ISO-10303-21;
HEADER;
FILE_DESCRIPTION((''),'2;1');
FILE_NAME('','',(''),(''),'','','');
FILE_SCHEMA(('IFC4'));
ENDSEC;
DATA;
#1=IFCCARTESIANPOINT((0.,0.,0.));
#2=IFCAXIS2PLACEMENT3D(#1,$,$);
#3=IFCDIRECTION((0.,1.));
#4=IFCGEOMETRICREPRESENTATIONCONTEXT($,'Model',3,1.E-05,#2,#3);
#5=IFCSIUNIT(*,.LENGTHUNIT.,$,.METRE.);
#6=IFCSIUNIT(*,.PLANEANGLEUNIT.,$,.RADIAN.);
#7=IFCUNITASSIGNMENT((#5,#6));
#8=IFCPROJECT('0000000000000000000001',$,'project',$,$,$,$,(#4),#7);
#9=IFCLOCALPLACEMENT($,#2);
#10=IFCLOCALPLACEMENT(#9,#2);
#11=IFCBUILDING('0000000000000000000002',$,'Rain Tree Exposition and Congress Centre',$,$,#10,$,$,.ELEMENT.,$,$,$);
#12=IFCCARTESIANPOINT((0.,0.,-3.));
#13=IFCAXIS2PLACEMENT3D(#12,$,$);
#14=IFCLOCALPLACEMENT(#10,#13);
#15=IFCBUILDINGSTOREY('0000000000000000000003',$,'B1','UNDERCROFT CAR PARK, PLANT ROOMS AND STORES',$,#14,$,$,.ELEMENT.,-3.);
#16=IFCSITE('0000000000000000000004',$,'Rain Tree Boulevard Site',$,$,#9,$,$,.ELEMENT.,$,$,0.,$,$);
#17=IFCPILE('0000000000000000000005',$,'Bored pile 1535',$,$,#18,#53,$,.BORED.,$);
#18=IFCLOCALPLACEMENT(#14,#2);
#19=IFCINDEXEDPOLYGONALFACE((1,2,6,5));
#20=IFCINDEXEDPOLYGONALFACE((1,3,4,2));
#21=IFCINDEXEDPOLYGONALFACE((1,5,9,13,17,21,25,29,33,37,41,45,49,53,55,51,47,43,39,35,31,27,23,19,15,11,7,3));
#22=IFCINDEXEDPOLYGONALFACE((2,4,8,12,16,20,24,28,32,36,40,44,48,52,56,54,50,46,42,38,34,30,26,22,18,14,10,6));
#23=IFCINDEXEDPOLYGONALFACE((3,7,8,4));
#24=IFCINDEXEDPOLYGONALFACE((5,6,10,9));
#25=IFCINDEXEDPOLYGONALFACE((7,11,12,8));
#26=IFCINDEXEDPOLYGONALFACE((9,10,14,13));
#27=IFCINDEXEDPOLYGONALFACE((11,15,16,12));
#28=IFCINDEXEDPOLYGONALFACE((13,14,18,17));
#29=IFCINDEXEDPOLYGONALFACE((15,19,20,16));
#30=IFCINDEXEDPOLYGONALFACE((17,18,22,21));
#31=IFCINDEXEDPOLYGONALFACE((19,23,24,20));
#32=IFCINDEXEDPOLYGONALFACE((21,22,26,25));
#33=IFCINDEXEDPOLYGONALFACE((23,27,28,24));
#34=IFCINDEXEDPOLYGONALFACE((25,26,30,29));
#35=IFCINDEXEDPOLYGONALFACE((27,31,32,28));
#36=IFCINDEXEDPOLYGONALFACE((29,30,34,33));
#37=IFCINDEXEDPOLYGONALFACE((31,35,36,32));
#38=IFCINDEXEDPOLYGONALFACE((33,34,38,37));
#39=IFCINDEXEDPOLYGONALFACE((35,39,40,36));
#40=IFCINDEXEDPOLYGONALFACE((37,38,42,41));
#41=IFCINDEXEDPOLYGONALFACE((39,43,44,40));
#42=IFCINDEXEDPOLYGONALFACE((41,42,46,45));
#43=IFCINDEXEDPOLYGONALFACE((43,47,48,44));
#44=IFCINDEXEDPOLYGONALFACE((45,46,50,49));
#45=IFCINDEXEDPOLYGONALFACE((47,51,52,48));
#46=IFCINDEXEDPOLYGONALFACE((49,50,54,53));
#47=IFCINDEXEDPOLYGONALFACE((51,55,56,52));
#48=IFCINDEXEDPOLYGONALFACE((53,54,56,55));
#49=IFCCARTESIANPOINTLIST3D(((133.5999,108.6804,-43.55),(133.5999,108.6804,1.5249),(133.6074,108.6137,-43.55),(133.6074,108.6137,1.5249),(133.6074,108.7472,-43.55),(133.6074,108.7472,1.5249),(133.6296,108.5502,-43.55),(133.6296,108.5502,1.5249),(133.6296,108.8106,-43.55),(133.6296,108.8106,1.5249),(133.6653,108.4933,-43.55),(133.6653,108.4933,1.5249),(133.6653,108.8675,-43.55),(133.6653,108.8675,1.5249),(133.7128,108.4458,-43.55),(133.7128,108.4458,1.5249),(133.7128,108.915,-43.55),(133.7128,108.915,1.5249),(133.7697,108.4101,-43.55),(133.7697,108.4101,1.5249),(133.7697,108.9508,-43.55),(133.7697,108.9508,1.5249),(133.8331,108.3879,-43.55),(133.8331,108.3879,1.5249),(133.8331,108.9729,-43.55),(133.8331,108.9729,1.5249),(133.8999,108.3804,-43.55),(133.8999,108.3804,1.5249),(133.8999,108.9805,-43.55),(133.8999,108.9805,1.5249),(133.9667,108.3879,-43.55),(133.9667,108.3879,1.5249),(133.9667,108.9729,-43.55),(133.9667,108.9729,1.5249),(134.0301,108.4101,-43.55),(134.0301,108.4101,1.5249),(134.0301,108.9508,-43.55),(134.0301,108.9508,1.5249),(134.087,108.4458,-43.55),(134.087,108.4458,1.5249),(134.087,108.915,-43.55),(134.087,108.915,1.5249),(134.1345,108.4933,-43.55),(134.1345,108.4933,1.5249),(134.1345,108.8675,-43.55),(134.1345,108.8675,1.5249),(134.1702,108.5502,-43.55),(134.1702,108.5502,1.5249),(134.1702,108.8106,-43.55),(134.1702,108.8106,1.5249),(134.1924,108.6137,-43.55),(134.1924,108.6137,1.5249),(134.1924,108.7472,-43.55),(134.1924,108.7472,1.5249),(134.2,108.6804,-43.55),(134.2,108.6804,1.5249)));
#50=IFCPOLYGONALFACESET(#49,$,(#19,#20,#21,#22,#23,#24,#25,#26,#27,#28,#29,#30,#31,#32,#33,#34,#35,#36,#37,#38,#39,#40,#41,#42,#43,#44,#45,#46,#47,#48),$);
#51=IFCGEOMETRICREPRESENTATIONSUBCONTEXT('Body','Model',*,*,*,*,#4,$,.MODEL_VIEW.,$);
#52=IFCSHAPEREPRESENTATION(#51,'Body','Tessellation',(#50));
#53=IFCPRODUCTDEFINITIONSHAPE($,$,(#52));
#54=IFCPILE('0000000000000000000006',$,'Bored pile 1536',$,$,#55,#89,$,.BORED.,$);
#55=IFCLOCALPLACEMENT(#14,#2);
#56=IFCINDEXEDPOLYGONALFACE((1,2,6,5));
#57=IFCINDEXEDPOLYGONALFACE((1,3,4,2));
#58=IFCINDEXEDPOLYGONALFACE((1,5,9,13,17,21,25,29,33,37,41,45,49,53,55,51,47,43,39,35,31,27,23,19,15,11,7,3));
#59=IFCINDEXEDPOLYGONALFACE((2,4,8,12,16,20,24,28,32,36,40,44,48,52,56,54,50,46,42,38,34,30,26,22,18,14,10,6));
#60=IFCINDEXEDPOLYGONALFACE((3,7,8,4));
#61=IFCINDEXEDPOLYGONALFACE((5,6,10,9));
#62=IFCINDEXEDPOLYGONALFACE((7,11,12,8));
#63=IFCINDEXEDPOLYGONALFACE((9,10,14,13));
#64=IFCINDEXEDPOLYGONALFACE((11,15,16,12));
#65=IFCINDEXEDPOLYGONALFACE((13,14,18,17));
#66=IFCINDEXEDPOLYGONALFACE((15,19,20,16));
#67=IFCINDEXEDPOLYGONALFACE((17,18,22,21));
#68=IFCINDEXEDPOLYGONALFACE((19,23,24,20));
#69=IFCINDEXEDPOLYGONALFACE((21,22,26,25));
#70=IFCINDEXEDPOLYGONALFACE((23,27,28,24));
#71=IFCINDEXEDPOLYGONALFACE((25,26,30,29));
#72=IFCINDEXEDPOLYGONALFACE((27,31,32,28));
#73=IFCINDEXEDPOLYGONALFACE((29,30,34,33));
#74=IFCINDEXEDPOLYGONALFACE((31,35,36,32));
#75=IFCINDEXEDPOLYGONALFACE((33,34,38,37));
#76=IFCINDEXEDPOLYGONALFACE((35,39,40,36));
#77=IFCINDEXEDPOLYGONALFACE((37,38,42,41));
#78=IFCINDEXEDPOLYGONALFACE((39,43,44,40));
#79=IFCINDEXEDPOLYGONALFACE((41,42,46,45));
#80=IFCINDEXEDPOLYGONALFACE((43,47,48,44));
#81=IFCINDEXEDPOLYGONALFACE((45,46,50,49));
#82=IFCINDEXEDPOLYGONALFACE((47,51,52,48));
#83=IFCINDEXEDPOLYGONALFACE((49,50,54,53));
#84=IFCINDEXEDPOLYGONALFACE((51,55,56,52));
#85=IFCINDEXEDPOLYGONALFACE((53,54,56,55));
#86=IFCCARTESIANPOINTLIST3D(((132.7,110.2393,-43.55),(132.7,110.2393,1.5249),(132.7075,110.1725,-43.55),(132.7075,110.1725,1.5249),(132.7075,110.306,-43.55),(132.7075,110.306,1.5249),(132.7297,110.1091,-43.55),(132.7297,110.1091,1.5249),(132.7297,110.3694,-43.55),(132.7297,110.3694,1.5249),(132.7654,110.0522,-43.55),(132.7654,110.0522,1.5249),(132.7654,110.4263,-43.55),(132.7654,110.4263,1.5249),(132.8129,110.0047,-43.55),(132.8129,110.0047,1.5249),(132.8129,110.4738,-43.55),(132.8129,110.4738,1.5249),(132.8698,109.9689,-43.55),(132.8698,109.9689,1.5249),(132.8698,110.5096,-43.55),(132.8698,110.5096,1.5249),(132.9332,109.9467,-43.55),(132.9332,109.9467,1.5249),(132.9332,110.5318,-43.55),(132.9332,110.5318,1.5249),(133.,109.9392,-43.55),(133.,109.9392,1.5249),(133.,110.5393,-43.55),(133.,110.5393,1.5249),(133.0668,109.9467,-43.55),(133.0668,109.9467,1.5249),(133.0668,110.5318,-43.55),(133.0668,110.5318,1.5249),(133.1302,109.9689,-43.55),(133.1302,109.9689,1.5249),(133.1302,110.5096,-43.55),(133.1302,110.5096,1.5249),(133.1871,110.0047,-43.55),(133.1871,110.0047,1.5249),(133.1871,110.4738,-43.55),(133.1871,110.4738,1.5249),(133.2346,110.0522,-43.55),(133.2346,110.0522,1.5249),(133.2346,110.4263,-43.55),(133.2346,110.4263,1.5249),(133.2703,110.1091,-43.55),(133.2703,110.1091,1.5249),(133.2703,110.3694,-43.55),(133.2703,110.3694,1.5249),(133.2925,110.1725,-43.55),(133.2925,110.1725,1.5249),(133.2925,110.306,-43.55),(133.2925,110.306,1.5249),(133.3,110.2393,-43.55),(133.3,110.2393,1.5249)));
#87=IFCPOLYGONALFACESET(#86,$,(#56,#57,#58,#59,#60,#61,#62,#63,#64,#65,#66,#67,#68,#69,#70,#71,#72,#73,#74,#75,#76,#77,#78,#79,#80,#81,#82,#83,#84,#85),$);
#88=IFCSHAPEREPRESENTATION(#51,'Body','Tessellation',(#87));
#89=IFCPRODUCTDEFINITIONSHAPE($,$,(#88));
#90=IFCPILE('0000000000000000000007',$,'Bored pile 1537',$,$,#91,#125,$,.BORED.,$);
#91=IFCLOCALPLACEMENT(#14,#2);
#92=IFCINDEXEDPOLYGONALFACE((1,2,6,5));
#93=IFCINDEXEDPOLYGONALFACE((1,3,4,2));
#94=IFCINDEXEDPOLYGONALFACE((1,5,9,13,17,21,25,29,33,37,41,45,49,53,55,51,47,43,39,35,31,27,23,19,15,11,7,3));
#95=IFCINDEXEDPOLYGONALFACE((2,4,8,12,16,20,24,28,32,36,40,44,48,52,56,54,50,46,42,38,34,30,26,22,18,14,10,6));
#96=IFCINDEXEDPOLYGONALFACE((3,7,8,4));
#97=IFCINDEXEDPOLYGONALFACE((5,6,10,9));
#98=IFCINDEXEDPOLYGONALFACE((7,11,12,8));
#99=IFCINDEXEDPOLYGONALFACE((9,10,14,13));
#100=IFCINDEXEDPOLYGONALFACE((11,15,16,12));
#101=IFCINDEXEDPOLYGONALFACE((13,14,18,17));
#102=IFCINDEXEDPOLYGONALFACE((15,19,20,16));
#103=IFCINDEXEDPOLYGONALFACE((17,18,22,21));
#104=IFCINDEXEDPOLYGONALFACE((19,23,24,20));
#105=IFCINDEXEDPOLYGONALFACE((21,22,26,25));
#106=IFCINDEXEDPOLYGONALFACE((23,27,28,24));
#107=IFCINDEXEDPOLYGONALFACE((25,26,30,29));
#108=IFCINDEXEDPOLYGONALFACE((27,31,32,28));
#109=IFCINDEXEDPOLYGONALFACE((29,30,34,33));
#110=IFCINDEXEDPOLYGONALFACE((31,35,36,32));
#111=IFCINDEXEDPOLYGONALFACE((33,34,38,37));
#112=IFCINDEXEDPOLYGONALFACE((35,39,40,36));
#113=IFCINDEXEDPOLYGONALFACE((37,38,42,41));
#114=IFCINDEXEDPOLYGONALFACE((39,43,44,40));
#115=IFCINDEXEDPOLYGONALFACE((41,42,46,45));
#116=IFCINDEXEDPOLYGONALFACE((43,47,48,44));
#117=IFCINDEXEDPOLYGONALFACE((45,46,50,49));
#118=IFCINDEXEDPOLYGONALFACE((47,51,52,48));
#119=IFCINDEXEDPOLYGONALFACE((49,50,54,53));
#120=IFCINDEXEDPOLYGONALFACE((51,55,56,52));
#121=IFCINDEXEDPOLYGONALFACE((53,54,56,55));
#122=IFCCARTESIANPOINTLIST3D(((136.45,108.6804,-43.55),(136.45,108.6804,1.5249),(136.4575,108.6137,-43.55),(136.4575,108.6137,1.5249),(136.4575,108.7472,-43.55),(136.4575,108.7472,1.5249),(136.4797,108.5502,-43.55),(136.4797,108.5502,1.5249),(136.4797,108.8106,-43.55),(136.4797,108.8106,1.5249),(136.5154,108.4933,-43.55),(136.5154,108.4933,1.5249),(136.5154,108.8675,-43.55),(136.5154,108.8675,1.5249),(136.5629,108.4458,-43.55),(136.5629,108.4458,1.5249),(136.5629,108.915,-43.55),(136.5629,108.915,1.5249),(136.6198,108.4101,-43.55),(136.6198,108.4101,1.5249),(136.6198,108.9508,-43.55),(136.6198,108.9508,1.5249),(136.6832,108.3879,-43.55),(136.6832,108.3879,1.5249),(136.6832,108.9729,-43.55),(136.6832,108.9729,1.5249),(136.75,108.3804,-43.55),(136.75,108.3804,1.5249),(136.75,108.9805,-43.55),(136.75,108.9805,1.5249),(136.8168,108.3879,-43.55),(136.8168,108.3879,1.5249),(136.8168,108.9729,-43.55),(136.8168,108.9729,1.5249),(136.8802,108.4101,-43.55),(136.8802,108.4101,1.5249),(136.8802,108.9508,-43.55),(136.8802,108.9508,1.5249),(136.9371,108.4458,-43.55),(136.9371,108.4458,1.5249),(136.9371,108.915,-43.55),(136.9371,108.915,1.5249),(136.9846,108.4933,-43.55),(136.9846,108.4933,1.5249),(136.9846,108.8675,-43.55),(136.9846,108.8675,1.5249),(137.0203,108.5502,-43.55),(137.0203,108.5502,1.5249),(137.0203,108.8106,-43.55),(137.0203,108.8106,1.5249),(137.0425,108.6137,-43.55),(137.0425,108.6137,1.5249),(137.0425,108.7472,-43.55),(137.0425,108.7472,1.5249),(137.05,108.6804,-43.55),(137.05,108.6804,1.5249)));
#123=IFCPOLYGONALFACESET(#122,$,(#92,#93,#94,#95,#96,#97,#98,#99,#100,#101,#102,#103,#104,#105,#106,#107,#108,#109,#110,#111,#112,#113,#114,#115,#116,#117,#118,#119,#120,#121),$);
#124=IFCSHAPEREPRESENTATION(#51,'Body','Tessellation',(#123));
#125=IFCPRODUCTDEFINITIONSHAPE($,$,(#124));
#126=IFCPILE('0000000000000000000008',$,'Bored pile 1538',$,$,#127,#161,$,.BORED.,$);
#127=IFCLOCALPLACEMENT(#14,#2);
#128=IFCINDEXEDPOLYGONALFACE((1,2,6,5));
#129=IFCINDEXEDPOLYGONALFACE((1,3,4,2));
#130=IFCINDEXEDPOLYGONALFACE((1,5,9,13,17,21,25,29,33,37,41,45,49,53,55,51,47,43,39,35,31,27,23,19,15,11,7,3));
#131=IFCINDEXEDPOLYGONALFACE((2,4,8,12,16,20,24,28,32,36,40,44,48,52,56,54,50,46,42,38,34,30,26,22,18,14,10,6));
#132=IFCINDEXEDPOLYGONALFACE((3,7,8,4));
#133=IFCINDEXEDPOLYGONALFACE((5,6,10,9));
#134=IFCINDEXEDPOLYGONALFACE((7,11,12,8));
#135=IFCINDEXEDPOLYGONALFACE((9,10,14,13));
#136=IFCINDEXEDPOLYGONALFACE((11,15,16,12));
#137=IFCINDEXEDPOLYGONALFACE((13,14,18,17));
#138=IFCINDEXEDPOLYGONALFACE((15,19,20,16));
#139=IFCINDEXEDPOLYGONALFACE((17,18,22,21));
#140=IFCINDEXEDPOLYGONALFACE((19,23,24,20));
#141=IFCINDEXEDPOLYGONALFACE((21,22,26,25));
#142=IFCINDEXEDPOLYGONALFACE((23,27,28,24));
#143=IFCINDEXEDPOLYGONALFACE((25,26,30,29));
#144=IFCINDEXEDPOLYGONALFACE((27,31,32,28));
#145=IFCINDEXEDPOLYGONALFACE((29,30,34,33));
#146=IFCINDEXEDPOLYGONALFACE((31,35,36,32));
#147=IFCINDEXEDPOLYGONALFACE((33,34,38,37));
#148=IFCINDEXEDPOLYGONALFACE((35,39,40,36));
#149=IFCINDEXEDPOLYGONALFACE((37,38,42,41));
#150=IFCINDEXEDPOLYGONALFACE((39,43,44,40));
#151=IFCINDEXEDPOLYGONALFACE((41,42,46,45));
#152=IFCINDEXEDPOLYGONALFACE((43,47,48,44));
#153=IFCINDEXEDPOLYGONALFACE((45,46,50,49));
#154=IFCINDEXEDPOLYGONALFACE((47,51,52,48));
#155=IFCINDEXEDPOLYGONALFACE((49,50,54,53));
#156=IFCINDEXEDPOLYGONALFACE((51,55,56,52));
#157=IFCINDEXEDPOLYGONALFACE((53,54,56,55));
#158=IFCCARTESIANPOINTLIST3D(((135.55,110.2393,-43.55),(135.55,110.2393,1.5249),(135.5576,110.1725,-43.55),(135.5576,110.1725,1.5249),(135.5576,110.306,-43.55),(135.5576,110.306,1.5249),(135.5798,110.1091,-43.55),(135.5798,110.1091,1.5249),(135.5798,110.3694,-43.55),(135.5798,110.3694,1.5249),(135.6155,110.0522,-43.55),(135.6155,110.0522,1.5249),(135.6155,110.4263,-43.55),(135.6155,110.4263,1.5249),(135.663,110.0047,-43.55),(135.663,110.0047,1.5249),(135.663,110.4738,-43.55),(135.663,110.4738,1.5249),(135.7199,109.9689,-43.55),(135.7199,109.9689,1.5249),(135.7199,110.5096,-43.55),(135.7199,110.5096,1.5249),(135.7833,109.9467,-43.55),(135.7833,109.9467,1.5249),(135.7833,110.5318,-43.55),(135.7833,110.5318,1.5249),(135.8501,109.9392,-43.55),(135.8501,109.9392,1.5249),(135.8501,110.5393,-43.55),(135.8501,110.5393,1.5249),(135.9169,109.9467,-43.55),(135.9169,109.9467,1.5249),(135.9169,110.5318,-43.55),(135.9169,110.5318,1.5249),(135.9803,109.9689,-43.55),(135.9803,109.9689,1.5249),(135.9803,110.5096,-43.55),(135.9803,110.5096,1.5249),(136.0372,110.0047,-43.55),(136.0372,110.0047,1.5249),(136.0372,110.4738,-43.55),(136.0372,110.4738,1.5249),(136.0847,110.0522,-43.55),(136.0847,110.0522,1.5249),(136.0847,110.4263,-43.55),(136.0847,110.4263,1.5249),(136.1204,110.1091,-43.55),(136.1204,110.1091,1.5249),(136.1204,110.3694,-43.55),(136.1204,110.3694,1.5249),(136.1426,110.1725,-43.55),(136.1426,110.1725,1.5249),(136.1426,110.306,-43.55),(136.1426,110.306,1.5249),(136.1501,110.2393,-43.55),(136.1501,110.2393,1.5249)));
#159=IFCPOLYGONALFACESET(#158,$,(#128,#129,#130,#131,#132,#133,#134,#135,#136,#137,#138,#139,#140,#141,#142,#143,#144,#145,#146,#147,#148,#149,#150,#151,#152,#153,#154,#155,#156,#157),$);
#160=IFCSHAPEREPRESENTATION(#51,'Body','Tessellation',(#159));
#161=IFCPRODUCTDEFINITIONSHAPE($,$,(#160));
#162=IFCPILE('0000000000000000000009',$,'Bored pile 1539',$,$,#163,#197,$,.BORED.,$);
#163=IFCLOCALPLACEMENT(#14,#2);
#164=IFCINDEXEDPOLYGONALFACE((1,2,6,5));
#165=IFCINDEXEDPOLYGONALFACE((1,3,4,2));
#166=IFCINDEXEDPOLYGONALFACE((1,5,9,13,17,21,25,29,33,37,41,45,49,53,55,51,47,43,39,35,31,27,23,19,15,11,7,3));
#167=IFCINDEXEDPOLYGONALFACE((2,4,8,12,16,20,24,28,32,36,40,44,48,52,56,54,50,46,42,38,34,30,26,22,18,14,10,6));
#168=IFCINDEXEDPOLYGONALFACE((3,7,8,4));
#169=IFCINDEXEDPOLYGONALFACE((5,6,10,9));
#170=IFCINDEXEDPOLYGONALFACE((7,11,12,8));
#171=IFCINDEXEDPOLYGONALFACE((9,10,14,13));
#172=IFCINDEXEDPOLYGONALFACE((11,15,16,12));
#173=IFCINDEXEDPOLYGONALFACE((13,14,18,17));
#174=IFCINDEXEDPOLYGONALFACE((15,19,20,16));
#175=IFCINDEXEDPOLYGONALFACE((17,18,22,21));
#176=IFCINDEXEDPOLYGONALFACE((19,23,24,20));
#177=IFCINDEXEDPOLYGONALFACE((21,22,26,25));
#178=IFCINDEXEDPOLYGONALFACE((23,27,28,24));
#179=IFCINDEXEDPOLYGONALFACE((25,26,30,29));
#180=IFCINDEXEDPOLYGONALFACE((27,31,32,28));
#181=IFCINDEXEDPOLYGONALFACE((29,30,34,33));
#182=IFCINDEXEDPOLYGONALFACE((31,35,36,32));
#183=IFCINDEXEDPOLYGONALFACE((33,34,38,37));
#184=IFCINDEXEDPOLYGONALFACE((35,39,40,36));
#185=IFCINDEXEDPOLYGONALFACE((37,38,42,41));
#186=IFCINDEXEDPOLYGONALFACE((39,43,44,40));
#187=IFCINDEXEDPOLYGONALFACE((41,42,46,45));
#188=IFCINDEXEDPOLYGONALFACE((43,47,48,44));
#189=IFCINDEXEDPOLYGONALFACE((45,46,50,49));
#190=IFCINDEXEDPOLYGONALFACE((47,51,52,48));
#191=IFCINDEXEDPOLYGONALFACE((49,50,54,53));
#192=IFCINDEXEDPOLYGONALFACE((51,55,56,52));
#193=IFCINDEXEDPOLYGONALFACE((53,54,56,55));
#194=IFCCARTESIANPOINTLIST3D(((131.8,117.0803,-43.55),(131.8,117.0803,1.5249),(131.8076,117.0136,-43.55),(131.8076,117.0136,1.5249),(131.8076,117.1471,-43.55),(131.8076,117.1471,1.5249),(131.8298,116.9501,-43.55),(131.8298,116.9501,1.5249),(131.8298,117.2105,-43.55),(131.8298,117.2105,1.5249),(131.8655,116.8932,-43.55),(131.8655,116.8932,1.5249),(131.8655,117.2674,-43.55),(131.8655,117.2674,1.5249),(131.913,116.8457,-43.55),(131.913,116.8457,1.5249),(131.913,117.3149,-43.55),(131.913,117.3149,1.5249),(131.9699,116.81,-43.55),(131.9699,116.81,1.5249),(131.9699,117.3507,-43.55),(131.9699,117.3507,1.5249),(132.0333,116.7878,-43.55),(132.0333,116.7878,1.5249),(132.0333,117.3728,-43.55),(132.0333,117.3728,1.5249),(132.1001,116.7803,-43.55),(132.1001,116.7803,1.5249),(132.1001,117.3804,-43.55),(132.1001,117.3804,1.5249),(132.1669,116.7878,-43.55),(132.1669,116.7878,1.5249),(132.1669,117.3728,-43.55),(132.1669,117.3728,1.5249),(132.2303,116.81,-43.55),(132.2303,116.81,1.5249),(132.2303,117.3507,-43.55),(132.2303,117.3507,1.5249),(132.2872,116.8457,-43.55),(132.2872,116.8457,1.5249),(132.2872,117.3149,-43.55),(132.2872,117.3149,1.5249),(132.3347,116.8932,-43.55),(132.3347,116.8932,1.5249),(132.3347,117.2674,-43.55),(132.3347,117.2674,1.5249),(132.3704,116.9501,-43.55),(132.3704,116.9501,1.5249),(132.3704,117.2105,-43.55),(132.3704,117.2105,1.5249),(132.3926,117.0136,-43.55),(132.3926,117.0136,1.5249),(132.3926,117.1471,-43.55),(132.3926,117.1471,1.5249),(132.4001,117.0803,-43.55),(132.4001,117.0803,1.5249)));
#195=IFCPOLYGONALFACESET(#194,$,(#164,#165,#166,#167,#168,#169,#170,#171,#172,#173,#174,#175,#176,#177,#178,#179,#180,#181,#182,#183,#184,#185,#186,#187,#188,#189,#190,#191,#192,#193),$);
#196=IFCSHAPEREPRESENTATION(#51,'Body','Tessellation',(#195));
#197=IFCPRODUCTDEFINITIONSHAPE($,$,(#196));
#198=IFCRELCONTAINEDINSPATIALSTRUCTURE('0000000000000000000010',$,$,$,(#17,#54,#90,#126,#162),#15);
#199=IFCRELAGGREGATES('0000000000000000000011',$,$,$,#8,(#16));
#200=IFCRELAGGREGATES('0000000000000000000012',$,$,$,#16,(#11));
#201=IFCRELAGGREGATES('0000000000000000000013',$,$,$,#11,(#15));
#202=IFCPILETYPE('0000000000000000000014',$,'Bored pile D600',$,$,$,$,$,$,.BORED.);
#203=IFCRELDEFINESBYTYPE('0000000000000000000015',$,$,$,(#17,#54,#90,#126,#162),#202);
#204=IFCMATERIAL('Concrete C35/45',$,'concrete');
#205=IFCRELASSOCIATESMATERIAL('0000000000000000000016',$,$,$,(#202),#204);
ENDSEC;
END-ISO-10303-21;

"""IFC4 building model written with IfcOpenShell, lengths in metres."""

from ifc_helpers import new_model, si_unit, direction, frame, origin, origin_2d, place, context, subcontext, project, spatial, circle, extrude, material, material_profile, profile_set, type_object, element, save


model = new_model("IFC4")

# Units and contexts
model_context = context("Model", 3, precision=1e-05, world=origin(), true_north=direction((0.0, 1.0)))
body_context = subcontext(model_context, "Body", "Model", "MODEL_VIEW")
ifc_project = project(units=[si_unit("LENGTHUNIT", "METRE"), si_unit("PLANEANGLEUNIT", "RADIAN")], contexts=[model_context])

# Site, building, storey
site_placement = place(None, origin())
site = spatial("IfcSite", under=ifc_project, at=site_placement, Name="Rain Tree Boulevard Site", CompositionType="ELEMENT", RefElevation=0.0)
building_placement = place(site_placement, origin())
building = spatial("IfcBuilding", under=site, at=building_placement, Name="Rain Tree Exposition and Congress Centre", CompositionType="ELEMENT")
storey_placement = place(building_placement, frame((0.0, 0.0, -3.0)))
storey = spatial("IfcBuildingStorey", under=building, at=storey_placement, Name="B1", Description="UNDERCROFT CAR PARK, PLANT ROOMS AND STORES", CompositionType="ELEMENT", Elevation=-3.0)

# Piles
ifc_material_1 = material(Name="Concrete C35/45", Category="concrete")
ifc_material_profile_1 = material_profile(ifc_material_1, circle(Radius=0.3, at=origin_2d()), Name="D600")
ifc_profile_set_1 = profile_set([ifc_material_profile_1], Name="Concrete C35/45")
pile_type_1 = type_object("IfcPileType", Name="Bored pile D600", PredefinedType="BORED", material=ifc_profile_set_1)
for number, where, z_axis, x_axis, name in (
    (1, (133.8999, 108.6804, 1.5249), (0.0, 0.0, -1.0), (1.0, 0.0, 0.0), "Bored pile 1535"),
    (2, (133.0, 110.2393, 1.5249), (0.0, 0.0, -1.0), (1.0, 0.0, 0.0), "Bored pile 1536"),
    (3, (136.75, 108.6804, 1.5249), (0.0, 0.0, -1.0), (1.0, 0.0, 0.0), "Bored pile 1537"),
    (4, (135.8501, 110.2393, 1.5249), (0.0, 0.0, -1.0), (1.0, 0.0, 0.0), "Bored pile 1538"),
    (5, (132.1001, 117.0803, 1.5249), (0.0, 0.0, -1.0), (1.0, 0.0, 0.0), "Bored pile 1539"),
):
    element("IfcPile", number, at=place(storey_placement, frame(where, z_axis=z_axis, x_axis=x_axis)), inside=storey, type_object=pile_type_1, Name=name, PredefinedType="BORED", context=body_context, shape_type="SweptSolid", body=[
        extrude(circle(Radius=0.3, at=origin_2d()), origin(), (0.0, 0.0, 1.0), 45.075),
    ])

save(model, "model.ifc")
